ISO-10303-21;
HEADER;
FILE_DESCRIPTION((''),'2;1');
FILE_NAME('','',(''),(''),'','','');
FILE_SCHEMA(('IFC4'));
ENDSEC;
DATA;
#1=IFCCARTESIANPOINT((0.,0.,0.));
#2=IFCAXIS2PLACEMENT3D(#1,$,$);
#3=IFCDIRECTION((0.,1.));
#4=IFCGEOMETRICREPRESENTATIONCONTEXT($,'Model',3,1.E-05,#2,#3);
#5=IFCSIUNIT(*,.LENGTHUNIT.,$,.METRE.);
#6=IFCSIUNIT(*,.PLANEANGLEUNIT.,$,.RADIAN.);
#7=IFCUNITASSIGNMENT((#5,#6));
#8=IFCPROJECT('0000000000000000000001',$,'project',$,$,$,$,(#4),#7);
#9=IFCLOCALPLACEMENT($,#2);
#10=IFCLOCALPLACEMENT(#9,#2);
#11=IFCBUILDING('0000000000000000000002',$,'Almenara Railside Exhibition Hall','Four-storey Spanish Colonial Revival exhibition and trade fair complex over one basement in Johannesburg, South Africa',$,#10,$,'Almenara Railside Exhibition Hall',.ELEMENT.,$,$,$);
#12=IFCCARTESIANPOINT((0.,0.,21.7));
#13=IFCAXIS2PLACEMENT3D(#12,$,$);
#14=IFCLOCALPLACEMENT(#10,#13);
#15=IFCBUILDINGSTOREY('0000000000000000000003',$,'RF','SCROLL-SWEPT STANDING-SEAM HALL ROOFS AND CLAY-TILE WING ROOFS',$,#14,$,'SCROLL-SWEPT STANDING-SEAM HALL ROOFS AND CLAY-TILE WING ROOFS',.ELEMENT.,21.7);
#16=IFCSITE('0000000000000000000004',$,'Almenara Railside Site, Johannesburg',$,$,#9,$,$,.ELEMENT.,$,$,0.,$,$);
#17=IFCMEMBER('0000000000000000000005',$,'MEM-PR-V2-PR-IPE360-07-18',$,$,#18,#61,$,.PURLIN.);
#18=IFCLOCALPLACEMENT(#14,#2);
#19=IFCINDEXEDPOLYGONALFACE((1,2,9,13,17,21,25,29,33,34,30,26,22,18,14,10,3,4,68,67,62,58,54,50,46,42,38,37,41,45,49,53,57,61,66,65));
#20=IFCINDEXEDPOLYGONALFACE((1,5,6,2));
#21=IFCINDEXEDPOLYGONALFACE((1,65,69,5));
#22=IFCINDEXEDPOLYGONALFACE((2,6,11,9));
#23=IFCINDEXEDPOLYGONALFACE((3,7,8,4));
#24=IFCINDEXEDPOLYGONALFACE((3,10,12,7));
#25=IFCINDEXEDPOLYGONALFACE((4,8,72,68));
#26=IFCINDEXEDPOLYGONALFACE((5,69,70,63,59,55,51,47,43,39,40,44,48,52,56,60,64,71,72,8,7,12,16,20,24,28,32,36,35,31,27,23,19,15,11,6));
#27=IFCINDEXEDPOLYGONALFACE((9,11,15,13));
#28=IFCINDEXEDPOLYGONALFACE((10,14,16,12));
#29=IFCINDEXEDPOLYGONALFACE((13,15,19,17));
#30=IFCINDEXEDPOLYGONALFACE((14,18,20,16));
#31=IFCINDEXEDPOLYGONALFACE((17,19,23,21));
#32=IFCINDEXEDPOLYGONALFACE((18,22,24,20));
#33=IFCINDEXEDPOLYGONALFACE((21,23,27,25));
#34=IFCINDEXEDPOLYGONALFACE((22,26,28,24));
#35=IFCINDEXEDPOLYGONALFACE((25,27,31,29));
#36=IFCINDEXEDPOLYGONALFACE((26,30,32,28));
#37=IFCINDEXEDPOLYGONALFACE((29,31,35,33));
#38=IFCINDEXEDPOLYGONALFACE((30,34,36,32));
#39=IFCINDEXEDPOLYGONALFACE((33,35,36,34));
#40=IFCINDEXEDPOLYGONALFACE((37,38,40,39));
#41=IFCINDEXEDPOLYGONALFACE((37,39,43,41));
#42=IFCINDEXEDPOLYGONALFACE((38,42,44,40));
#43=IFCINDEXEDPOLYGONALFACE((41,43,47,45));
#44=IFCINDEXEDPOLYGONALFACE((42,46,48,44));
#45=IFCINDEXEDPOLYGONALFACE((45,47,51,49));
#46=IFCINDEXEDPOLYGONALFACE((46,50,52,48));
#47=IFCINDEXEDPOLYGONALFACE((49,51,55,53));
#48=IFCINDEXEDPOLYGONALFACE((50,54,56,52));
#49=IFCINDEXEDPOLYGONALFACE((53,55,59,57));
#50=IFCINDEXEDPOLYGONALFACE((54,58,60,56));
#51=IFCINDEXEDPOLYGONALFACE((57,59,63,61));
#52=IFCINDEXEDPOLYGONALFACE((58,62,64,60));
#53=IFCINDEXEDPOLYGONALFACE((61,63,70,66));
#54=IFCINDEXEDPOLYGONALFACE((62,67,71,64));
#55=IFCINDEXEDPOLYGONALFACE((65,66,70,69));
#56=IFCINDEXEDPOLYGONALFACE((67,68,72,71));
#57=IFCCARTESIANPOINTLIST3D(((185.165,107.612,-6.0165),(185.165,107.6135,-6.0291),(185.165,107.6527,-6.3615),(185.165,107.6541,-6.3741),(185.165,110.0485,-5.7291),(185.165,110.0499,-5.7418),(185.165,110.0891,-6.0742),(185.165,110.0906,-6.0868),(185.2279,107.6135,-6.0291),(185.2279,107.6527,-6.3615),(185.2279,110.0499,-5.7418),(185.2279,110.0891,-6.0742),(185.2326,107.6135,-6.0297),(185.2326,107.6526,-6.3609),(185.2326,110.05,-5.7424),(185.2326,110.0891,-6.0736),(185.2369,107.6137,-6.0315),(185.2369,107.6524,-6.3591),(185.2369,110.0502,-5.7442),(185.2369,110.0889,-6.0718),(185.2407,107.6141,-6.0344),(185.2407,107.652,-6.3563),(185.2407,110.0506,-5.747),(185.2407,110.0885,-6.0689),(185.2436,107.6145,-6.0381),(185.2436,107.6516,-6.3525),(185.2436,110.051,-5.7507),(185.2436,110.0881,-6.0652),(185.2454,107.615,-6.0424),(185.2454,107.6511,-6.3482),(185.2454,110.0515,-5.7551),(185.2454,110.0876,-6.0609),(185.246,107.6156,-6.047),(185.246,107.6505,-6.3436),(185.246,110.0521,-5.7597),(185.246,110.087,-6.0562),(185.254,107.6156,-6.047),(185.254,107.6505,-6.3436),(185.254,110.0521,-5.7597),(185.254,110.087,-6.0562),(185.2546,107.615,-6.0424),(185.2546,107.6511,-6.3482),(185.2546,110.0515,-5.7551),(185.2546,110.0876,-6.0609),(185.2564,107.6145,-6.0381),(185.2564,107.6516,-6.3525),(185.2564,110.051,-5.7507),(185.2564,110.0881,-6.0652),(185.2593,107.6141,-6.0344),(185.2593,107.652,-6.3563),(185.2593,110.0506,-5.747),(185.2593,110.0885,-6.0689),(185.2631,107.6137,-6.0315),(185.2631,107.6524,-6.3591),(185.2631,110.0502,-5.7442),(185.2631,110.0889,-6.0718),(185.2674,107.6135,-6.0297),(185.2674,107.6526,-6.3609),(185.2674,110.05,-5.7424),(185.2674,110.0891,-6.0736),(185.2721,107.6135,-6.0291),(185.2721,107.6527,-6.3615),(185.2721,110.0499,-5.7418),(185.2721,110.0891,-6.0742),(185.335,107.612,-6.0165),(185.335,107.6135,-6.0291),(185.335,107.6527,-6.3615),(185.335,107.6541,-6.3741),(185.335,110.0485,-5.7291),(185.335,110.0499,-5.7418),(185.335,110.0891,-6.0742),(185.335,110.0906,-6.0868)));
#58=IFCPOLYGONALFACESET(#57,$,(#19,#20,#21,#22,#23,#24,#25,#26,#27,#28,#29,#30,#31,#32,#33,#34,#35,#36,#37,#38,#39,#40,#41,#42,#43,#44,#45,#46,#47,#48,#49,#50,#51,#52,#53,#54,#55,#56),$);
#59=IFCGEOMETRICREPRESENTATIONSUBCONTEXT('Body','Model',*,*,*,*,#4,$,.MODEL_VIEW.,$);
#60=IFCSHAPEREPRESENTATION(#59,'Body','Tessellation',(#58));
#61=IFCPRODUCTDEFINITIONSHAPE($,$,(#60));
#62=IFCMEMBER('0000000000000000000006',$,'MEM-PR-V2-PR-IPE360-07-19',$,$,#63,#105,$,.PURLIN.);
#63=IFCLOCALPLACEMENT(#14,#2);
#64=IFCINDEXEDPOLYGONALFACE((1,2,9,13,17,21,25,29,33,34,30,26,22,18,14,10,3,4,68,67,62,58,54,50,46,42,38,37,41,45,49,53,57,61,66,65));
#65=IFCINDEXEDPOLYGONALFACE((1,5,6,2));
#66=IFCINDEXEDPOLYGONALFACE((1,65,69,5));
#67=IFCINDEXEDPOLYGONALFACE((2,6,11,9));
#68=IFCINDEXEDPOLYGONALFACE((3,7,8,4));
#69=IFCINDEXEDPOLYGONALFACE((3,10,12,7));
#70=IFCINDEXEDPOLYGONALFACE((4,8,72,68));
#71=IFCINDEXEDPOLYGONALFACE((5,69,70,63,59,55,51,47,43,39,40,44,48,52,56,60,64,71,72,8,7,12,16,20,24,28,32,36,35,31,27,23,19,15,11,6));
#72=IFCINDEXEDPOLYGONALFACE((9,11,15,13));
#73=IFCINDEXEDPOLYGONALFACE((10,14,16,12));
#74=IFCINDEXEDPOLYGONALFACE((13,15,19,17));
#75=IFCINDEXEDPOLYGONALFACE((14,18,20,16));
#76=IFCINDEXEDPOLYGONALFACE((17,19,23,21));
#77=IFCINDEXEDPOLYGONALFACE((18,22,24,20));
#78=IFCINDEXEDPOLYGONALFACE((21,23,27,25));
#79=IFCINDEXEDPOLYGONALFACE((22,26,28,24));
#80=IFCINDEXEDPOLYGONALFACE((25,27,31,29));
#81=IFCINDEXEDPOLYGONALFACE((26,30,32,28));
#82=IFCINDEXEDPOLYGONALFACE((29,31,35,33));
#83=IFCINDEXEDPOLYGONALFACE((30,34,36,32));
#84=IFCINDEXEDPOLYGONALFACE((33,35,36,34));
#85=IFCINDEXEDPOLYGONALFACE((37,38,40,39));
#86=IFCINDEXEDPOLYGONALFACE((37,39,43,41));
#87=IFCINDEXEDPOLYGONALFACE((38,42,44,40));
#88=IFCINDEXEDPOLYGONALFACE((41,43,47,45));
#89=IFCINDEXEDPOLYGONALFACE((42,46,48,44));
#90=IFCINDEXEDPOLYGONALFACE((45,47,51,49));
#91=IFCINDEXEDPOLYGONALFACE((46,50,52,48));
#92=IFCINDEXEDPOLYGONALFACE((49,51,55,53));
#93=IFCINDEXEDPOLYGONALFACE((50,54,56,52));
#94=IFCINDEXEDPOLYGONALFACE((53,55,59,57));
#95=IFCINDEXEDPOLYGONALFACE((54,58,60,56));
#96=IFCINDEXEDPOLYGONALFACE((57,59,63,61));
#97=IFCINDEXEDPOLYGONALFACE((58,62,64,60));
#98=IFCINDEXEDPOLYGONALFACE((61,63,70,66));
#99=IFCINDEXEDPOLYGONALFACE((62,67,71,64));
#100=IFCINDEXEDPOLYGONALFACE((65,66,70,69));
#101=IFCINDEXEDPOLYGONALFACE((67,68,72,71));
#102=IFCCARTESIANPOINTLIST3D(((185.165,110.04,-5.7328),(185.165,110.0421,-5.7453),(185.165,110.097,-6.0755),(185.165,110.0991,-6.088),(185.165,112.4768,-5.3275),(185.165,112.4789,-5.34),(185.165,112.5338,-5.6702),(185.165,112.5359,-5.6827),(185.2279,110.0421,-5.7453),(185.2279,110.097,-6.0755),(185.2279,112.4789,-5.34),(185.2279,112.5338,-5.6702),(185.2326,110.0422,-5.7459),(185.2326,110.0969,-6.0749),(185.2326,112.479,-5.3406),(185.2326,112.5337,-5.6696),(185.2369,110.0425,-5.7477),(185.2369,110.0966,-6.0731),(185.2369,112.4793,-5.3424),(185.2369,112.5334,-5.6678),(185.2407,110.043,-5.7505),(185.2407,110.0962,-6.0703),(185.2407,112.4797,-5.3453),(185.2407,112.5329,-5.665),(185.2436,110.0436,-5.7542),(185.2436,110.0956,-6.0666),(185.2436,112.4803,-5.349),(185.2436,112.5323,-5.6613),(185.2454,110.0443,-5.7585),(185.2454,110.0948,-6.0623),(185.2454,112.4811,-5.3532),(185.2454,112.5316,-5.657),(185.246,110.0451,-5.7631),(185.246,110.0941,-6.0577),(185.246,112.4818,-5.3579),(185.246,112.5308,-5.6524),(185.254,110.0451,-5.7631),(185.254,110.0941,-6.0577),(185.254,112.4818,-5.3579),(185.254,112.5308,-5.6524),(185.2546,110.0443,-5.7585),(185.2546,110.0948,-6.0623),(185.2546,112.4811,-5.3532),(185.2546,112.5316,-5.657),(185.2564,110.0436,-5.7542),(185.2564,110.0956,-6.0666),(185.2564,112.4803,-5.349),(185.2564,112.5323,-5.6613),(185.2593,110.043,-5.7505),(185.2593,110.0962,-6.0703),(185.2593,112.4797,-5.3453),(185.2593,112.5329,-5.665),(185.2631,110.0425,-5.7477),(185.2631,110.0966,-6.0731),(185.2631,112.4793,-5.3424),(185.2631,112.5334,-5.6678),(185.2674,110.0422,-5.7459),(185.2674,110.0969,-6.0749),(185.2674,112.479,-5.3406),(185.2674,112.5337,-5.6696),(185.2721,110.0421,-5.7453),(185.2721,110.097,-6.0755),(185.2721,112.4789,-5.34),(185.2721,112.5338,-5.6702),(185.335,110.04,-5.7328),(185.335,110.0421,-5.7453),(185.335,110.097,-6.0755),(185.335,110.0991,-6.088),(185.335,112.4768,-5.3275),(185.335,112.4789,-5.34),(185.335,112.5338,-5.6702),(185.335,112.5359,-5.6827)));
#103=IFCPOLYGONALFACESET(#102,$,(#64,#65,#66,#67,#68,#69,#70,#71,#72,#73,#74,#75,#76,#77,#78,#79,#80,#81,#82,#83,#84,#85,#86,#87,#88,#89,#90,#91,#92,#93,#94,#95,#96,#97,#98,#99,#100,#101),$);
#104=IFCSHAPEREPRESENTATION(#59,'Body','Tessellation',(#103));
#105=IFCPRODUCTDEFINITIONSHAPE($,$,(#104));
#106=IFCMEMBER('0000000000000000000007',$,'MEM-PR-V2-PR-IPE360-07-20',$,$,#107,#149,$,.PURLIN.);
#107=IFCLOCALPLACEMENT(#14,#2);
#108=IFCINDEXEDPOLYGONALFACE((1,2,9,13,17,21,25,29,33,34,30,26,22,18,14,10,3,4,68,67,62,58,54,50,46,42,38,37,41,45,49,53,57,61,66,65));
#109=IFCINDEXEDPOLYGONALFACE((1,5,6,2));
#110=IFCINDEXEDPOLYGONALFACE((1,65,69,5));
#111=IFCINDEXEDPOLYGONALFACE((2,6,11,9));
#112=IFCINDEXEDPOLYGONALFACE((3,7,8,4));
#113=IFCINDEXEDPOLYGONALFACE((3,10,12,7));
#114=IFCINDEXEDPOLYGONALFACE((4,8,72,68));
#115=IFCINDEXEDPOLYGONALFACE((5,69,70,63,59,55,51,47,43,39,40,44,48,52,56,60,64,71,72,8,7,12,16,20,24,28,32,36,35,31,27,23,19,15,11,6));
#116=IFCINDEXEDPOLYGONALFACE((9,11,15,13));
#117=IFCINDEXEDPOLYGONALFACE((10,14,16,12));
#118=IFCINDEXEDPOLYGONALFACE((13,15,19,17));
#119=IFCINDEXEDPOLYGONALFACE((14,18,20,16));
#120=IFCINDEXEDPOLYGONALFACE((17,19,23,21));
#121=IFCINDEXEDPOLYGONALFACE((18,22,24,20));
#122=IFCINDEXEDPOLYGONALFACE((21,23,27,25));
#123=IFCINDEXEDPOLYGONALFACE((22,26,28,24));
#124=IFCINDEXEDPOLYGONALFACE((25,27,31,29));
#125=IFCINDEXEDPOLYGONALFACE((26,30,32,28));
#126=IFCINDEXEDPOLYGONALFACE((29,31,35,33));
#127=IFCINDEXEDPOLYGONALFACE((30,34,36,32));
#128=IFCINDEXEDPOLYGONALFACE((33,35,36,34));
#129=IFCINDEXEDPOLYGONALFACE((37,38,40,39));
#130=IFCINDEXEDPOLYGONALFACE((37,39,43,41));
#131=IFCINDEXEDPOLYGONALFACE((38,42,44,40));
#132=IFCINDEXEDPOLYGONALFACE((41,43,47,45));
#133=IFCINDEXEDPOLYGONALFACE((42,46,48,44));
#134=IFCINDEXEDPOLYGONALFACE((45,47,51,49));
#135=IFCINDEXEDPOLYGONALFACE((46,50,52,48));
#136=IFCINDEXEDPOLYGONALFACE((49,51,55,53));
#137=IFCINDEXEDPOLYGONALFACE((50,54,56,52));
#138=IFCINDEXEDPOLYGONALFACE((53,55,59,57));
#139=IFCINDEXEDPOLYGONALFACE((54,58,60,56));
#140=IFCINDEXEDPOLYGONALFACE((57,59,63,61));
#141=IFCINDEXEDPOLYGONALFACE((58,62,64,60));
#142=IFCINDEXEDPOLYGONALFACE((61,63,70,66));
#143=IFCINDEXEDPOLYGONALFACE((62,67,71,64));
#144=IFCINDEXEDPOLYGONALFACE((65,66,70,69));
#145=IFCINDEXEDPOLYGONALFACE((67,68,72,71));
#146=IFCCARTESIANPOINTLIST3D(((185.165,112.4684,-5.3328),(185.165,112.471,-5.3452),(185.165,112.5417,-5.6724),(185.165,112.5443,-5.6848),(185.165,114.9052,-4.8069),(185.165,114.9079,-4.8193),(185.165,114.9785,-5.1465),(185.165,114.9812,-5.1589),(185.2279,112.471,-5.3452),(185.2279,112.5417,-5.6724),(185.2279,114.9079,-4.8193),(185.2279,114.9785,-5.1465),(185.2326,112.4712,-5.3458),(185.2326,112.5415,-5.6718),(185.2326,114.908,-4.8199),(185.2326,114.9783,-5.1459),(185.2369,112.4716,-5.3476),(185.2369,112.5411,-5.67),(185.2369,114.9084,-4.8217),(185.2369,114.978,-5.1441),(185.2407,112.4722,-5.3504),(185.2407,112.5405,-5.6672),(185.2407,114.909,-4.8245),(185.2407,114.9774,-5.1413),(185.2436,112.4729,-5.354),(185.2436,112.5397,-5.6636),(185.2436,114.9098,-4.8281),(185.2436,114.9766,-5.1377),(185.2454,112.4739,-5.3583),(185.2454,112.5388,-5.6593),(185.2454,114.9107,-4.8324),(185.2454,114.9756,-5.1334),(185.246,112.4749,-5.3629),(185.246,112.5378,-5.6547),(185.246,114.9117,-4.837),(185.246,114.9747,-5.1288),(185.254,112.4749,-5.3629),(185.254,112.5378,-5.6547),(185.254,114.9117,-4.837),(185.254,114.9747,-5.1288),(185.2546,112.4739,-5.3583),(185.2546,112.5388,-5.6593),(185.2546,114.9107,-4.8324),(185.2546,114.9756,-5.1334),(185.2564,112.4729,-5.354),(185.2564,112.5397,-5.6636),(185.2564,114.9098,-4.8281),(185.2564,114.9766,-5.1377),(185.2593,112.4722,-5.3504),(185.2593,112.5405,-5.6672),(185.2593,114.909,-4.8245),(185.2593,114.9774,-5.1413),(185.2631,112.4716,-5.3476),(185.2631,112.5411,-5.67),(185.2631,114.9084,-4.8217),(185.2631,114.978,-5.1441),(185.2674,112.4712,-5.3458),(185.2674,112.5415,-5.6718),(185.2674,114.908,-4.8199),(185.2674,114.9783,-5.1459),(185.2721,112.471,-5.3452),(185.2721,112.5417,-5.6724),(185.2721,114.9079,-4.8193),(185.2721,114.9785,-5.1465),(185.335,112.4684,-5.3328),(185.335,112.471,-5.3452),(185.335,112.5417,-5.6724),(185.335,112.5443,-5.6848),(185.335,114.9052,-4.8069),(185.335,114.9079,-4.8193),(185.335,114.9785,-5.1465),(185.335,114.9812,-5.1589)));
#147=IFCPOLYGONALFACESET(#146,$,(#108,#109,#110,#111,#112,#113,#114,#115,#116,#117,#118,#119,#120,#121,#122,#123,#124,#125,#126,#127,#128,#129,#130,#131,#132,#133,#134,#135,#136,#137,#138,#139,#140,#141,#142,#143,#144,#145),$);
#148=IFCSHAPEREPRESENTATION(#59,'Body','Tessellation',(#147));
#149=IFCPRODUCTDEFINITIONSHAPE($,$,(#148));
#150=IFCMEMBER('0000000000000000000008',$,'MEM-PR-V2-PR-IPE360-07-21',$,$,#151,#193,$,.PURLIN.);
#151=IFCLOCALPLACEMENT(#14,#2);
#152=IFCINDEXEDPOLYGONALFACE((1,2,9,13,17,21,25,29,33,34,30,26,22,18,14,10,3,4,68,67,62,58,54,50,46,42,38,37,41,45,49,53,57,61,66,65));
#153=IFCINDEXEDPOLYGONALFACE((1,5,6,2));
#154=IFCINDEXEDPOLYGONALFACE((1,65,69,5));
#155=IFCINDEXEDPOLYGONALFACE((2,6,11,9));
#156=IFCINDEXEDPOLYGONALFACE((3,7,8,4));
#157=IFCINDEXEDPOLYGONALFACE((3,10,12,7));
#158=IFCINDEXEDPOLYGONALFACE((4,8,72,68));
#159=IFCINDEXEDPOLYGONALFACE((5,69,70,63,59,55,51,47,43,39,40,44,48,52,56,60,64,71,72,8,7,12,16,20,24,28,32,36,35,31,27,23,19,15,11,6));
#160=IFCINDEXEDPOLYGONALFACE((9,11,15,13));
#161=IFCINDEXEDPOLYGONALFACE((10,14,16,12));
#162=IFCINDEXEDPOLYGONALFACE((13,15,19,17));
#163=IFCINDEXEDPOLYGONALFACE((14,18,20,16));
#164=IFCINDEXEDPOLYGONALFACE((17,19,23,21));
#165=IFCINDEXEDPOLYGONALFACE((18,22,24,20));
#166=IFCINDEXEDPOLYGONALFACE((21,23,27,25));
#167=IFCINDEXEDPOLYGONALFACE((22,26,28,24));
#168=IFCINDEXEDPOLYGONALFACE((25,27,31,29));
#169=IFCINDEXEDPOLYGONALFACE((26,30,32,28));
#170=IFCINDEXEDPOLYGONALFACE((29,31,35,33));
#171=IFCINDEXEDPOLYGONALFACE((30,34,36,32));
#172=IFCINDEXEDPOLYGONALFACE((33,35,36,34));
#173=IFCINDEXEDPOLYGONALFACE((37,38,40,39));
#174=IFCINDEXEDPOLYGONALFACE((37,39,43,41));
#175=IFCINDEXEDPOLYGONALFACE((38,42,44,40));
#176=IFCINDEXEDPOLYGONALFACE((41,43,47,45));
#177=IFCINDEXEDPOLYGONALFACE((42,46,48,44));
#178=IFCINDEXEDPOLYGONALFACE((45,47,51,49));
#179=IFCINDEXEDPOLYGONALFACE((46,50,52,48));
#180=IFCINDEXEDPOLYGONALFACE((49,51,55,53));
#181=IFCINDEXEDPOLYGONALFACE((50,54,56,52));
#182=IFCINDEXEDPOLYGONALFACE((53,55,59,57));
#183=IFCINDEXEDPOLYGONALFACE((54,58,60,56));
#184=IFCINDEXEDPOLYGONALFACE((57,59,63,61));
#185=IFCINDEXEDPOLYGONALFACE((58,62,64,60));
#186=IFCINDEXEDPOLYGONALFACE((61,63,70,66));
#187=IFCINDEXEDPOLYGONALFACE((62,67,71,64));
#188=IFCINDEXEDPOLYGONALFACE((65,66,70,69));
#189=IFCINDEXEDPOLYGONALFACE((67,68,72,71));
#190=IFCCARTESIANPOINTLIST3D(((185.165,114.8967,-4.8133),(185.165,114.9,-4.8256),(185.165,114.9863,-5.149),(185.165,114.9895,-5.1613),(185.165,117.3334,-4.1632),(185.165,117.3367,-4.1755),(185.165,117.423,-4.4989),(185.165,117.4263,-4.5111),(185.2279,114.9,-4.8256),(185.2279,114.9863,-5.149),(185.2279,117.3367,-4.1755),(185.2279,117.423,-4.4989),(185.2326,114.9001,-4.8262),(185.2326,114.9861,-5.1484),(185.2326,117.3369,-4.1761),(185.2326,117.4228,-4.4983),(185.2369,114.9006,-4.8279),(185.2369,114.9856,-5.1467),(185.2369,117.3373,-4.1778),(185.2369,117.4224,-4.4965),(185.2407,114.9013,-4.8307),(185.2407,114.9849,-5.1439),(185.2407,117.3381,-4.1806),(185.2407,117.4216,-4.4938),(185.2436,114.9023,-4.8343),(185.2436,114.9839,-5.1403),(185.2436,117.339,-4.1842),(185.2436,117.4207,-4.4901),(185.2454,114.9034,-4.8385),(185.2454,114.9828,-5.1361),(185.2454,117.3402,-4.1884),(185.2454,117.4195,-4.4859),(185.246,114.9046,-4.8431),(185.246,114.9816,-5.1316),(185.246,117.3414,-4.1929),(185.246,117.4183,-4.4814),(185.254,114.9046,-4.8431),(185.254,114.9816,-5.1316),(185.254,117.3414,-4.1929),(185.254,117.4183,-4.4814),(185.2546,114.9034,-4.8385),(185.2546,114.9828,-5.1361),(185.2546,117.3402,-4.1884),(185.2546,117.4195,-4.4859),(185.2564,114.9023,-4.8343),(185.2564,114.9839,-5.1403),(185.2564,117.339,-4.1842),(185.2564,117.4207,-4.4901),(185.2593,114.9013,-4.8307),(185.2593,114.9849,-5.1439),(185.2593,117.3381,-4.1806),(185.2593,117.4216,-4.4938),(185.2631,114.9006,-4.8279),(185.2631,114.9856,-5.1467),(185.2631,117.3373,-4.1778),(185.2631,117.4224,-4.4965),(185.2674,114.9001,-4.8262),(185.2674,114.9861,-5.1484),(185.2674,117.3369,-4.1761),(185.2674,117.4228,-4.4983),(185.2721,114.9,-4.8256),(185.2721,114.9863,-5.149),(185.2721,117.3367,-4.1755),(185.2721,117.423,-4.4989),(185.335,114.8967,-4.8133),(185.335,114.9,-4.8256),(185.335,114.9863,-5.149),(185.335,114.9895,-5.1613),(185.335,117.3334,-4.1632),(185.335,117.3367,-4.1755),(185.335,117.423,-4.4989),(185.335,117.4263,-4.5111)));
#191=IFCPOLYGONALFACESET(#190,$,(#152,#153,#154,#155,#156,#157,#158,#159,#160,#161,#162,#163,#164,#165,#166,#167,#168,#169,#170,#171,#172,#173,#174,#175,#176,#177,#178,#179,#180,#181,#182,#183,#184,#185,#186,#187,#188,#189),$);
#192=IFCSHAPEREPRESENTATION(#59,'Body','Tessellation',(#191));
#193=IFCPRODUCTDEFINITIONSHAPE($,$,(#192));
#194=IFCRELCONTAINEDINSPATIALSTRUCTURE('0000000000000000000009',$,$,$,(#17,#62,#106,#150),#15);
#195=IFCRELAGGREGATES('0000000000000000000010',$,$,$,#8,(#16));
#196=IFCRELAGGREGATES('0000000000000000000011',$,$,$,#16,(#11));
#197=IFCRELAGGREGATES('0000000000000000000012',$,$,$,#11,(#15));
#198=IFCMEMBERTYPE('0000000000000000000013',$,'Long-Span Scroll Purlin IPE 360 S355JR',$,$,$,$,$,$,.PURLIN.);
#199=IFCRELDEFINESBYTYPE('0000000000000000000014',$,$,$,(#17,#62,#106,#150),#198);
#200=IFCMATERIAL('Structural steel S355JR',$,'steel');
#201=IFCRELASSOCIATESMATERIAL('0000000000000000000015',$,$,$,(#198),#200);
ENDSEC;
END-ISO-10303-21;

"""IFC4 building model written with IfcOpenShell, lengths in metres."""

from ifc_helpers import new_model, si_unit, direction, frame, origin, origin_2d, place, context, subcontext, project, spatial, i_section, extrude, material, material_profile, profile_set, type_object, element, save


model = new_model("IFC4")

# Units and contexts
model_context = context("Model", 3, precision=1e-05, world=origin(), true_north=direction((0.0, 1.0)))
body_context = subcontext(model_context, "Body", "Model", "MODEL_VIEW")
ifc_project = project(units=[si_unit("LENGTHUNIT", "METRE"), si_unit("PLANEANGLEUNIT", "RADIAN")], contexts=[model_context])

# Site, building, storey
site_placement = place(None, origin())
site = spatial("IfcSite", under=ifc_project, at=site_placement, Name="Almenara Railside Site, Johannesburg", CompositionType="ELEMENT", RefElevation=0.0)
building_placement = place(site_placement, origin())
building = spatial("IfcBuilding", under=site, at=building_placement, Name="Almenara Railside Exhibition Hall", Description="Four-storey Spanish Colonial Revival exhibition and trade fair complex over one basement in Johannesburg, South Africa", LongName="Almenara Railside Exhibition Hall", CompositionType="ELEMENT")
storey_placement = place(building_placement, frame((0.0, 0.0, 21.7)))
storey = spatial("IfcBuildingStorey", under=building, at=storey_placement, Name="RF", Description="SCROLL-SWEPT STANDING-SEAM HALL ROOFS AND CLAY-TILE WING ROOFS", LongName="SCROLL-SWEPT STANDING-SEAM HALL ROOFS AND CLAY-TILE WING ROOFS", CompositionType="ELEMENT", Elevation=21.7)

# Shared definitions
ifc_material = material(Name="Structural steel S355JR", Category="steel")

# Members
ifc_material_profile_1 = material_profile(ifc_material, i_section(OverallWidth=0.1699, OverallDepth=0.3601, WebThickness=0.0081, FlangeThickness=0.0127, FilletRadius=0.0181, at=origin_2d()), Name="IPE 360")
ifc_profile_set_1 = profile_set([ifc_material_profile_1], Name="Structural steel S355JR")
member_type_1 = type_object("IfcMemberType", Name="Long-Span Scroll Purlin IPE 360 S355JR", PredefinedType="PURLIN", material=ifc_profile_set_1)
member_1_placement = place(storey_placement, frame((185.25, 107.6331, -6.1953), z_axis=(0.0, 0.993117, 0.117124), x_axis=(-1.0, 0.0, 0.0)))
element("IfcMember", 1, at=member_1_placement, inside=storey, type_object=member_type_1, Name="MEM-PR-V2-PR-IPE360-07-18", PredefinedType="PURLIN", context=body_context, shape_type="SweptSolid", body=[
    extrude(i_section(OverallWidth=0.1699, OverallDepth=0.3601, WebThickness=0.0081, FlangeThickness=0.0127, FilletRadius=0.0181, at=origin_2d()), origin(), (0.0, 0.0, 1.0), 2.4534),
])
member_2_placement = place(storey_placement, frame((185.25, 110.0696, -5.9104), z_axis=(0.0, 0.98645, 0.164062), x_axis=(-1.0, 0.0, 0.0)))
element("IfcMember", 2, at=member_2_placement, inside=storey, type_object=member_type_1, Name="MEM-PR-V2-PR-IPE360-07-19", PredefinedType="PURLIN", context=body_context, shape_type="SweptSolid", body=[
    extrude(i_section(OverallWidth=0.1699, OverallDepth=0.3601, WebThickness=0.0081, FlangeThickness=0.0127, FilletRadius=0.0181, at=origin_2d()), origin(), (0.0, 0.0, 1.0), 2.4702),
])
member_3_placement = place(storey_placement, frame((185.25, 112.5063, -5.5088), z_axis=(0.0, 0.977496, 0.210953), x_axis=(-1.0, 0.0, 0.0)))
element("IfcMember", 3, at=member_3_placement, inside=storey, type_object=member_type_1, Name="MEM-PR-V2-PR-IPE360-07-20", PredefinedType="PURLIN", context=body_context, shape_type="SweptSolid", body=[
    extrude(i_section(OverallWidth=0.1699, OverallDepth=0.3601, WebThickness=0.0081, FlangeThickness=0.0127, FilletRadius=0.0181, at=origin_2d()), origin(), (0.0, 0.0, 1.0), 2.4929),
])
member_4_placement = place(storey_placement, frame((185.25, 114.9431, -4.9873), z_axis=(0.0, 0.966201, 0.257789), x_axis=(-1.0, 0.0, 0.0)))
element("IfcMember", 4, at=member_4_placement, inside=storey, type_object=member_type_1, Name="MEM-PR-V2-PR-IPE360-07-21", PredefinedType="PURLIN", context=body_context, shape_type="SweptSolid", body=[
    extrude(i_section(OverallWidth=0.1699, OverallDepth=0.3601, WebThickness=0.0081, FlangeThickness=0.0127, FilletRadius=0.0181, at=origin_2d()), origin(), (0.0, 0.0, 1.0), 2.522),
])

save(model, "model.ifc")
